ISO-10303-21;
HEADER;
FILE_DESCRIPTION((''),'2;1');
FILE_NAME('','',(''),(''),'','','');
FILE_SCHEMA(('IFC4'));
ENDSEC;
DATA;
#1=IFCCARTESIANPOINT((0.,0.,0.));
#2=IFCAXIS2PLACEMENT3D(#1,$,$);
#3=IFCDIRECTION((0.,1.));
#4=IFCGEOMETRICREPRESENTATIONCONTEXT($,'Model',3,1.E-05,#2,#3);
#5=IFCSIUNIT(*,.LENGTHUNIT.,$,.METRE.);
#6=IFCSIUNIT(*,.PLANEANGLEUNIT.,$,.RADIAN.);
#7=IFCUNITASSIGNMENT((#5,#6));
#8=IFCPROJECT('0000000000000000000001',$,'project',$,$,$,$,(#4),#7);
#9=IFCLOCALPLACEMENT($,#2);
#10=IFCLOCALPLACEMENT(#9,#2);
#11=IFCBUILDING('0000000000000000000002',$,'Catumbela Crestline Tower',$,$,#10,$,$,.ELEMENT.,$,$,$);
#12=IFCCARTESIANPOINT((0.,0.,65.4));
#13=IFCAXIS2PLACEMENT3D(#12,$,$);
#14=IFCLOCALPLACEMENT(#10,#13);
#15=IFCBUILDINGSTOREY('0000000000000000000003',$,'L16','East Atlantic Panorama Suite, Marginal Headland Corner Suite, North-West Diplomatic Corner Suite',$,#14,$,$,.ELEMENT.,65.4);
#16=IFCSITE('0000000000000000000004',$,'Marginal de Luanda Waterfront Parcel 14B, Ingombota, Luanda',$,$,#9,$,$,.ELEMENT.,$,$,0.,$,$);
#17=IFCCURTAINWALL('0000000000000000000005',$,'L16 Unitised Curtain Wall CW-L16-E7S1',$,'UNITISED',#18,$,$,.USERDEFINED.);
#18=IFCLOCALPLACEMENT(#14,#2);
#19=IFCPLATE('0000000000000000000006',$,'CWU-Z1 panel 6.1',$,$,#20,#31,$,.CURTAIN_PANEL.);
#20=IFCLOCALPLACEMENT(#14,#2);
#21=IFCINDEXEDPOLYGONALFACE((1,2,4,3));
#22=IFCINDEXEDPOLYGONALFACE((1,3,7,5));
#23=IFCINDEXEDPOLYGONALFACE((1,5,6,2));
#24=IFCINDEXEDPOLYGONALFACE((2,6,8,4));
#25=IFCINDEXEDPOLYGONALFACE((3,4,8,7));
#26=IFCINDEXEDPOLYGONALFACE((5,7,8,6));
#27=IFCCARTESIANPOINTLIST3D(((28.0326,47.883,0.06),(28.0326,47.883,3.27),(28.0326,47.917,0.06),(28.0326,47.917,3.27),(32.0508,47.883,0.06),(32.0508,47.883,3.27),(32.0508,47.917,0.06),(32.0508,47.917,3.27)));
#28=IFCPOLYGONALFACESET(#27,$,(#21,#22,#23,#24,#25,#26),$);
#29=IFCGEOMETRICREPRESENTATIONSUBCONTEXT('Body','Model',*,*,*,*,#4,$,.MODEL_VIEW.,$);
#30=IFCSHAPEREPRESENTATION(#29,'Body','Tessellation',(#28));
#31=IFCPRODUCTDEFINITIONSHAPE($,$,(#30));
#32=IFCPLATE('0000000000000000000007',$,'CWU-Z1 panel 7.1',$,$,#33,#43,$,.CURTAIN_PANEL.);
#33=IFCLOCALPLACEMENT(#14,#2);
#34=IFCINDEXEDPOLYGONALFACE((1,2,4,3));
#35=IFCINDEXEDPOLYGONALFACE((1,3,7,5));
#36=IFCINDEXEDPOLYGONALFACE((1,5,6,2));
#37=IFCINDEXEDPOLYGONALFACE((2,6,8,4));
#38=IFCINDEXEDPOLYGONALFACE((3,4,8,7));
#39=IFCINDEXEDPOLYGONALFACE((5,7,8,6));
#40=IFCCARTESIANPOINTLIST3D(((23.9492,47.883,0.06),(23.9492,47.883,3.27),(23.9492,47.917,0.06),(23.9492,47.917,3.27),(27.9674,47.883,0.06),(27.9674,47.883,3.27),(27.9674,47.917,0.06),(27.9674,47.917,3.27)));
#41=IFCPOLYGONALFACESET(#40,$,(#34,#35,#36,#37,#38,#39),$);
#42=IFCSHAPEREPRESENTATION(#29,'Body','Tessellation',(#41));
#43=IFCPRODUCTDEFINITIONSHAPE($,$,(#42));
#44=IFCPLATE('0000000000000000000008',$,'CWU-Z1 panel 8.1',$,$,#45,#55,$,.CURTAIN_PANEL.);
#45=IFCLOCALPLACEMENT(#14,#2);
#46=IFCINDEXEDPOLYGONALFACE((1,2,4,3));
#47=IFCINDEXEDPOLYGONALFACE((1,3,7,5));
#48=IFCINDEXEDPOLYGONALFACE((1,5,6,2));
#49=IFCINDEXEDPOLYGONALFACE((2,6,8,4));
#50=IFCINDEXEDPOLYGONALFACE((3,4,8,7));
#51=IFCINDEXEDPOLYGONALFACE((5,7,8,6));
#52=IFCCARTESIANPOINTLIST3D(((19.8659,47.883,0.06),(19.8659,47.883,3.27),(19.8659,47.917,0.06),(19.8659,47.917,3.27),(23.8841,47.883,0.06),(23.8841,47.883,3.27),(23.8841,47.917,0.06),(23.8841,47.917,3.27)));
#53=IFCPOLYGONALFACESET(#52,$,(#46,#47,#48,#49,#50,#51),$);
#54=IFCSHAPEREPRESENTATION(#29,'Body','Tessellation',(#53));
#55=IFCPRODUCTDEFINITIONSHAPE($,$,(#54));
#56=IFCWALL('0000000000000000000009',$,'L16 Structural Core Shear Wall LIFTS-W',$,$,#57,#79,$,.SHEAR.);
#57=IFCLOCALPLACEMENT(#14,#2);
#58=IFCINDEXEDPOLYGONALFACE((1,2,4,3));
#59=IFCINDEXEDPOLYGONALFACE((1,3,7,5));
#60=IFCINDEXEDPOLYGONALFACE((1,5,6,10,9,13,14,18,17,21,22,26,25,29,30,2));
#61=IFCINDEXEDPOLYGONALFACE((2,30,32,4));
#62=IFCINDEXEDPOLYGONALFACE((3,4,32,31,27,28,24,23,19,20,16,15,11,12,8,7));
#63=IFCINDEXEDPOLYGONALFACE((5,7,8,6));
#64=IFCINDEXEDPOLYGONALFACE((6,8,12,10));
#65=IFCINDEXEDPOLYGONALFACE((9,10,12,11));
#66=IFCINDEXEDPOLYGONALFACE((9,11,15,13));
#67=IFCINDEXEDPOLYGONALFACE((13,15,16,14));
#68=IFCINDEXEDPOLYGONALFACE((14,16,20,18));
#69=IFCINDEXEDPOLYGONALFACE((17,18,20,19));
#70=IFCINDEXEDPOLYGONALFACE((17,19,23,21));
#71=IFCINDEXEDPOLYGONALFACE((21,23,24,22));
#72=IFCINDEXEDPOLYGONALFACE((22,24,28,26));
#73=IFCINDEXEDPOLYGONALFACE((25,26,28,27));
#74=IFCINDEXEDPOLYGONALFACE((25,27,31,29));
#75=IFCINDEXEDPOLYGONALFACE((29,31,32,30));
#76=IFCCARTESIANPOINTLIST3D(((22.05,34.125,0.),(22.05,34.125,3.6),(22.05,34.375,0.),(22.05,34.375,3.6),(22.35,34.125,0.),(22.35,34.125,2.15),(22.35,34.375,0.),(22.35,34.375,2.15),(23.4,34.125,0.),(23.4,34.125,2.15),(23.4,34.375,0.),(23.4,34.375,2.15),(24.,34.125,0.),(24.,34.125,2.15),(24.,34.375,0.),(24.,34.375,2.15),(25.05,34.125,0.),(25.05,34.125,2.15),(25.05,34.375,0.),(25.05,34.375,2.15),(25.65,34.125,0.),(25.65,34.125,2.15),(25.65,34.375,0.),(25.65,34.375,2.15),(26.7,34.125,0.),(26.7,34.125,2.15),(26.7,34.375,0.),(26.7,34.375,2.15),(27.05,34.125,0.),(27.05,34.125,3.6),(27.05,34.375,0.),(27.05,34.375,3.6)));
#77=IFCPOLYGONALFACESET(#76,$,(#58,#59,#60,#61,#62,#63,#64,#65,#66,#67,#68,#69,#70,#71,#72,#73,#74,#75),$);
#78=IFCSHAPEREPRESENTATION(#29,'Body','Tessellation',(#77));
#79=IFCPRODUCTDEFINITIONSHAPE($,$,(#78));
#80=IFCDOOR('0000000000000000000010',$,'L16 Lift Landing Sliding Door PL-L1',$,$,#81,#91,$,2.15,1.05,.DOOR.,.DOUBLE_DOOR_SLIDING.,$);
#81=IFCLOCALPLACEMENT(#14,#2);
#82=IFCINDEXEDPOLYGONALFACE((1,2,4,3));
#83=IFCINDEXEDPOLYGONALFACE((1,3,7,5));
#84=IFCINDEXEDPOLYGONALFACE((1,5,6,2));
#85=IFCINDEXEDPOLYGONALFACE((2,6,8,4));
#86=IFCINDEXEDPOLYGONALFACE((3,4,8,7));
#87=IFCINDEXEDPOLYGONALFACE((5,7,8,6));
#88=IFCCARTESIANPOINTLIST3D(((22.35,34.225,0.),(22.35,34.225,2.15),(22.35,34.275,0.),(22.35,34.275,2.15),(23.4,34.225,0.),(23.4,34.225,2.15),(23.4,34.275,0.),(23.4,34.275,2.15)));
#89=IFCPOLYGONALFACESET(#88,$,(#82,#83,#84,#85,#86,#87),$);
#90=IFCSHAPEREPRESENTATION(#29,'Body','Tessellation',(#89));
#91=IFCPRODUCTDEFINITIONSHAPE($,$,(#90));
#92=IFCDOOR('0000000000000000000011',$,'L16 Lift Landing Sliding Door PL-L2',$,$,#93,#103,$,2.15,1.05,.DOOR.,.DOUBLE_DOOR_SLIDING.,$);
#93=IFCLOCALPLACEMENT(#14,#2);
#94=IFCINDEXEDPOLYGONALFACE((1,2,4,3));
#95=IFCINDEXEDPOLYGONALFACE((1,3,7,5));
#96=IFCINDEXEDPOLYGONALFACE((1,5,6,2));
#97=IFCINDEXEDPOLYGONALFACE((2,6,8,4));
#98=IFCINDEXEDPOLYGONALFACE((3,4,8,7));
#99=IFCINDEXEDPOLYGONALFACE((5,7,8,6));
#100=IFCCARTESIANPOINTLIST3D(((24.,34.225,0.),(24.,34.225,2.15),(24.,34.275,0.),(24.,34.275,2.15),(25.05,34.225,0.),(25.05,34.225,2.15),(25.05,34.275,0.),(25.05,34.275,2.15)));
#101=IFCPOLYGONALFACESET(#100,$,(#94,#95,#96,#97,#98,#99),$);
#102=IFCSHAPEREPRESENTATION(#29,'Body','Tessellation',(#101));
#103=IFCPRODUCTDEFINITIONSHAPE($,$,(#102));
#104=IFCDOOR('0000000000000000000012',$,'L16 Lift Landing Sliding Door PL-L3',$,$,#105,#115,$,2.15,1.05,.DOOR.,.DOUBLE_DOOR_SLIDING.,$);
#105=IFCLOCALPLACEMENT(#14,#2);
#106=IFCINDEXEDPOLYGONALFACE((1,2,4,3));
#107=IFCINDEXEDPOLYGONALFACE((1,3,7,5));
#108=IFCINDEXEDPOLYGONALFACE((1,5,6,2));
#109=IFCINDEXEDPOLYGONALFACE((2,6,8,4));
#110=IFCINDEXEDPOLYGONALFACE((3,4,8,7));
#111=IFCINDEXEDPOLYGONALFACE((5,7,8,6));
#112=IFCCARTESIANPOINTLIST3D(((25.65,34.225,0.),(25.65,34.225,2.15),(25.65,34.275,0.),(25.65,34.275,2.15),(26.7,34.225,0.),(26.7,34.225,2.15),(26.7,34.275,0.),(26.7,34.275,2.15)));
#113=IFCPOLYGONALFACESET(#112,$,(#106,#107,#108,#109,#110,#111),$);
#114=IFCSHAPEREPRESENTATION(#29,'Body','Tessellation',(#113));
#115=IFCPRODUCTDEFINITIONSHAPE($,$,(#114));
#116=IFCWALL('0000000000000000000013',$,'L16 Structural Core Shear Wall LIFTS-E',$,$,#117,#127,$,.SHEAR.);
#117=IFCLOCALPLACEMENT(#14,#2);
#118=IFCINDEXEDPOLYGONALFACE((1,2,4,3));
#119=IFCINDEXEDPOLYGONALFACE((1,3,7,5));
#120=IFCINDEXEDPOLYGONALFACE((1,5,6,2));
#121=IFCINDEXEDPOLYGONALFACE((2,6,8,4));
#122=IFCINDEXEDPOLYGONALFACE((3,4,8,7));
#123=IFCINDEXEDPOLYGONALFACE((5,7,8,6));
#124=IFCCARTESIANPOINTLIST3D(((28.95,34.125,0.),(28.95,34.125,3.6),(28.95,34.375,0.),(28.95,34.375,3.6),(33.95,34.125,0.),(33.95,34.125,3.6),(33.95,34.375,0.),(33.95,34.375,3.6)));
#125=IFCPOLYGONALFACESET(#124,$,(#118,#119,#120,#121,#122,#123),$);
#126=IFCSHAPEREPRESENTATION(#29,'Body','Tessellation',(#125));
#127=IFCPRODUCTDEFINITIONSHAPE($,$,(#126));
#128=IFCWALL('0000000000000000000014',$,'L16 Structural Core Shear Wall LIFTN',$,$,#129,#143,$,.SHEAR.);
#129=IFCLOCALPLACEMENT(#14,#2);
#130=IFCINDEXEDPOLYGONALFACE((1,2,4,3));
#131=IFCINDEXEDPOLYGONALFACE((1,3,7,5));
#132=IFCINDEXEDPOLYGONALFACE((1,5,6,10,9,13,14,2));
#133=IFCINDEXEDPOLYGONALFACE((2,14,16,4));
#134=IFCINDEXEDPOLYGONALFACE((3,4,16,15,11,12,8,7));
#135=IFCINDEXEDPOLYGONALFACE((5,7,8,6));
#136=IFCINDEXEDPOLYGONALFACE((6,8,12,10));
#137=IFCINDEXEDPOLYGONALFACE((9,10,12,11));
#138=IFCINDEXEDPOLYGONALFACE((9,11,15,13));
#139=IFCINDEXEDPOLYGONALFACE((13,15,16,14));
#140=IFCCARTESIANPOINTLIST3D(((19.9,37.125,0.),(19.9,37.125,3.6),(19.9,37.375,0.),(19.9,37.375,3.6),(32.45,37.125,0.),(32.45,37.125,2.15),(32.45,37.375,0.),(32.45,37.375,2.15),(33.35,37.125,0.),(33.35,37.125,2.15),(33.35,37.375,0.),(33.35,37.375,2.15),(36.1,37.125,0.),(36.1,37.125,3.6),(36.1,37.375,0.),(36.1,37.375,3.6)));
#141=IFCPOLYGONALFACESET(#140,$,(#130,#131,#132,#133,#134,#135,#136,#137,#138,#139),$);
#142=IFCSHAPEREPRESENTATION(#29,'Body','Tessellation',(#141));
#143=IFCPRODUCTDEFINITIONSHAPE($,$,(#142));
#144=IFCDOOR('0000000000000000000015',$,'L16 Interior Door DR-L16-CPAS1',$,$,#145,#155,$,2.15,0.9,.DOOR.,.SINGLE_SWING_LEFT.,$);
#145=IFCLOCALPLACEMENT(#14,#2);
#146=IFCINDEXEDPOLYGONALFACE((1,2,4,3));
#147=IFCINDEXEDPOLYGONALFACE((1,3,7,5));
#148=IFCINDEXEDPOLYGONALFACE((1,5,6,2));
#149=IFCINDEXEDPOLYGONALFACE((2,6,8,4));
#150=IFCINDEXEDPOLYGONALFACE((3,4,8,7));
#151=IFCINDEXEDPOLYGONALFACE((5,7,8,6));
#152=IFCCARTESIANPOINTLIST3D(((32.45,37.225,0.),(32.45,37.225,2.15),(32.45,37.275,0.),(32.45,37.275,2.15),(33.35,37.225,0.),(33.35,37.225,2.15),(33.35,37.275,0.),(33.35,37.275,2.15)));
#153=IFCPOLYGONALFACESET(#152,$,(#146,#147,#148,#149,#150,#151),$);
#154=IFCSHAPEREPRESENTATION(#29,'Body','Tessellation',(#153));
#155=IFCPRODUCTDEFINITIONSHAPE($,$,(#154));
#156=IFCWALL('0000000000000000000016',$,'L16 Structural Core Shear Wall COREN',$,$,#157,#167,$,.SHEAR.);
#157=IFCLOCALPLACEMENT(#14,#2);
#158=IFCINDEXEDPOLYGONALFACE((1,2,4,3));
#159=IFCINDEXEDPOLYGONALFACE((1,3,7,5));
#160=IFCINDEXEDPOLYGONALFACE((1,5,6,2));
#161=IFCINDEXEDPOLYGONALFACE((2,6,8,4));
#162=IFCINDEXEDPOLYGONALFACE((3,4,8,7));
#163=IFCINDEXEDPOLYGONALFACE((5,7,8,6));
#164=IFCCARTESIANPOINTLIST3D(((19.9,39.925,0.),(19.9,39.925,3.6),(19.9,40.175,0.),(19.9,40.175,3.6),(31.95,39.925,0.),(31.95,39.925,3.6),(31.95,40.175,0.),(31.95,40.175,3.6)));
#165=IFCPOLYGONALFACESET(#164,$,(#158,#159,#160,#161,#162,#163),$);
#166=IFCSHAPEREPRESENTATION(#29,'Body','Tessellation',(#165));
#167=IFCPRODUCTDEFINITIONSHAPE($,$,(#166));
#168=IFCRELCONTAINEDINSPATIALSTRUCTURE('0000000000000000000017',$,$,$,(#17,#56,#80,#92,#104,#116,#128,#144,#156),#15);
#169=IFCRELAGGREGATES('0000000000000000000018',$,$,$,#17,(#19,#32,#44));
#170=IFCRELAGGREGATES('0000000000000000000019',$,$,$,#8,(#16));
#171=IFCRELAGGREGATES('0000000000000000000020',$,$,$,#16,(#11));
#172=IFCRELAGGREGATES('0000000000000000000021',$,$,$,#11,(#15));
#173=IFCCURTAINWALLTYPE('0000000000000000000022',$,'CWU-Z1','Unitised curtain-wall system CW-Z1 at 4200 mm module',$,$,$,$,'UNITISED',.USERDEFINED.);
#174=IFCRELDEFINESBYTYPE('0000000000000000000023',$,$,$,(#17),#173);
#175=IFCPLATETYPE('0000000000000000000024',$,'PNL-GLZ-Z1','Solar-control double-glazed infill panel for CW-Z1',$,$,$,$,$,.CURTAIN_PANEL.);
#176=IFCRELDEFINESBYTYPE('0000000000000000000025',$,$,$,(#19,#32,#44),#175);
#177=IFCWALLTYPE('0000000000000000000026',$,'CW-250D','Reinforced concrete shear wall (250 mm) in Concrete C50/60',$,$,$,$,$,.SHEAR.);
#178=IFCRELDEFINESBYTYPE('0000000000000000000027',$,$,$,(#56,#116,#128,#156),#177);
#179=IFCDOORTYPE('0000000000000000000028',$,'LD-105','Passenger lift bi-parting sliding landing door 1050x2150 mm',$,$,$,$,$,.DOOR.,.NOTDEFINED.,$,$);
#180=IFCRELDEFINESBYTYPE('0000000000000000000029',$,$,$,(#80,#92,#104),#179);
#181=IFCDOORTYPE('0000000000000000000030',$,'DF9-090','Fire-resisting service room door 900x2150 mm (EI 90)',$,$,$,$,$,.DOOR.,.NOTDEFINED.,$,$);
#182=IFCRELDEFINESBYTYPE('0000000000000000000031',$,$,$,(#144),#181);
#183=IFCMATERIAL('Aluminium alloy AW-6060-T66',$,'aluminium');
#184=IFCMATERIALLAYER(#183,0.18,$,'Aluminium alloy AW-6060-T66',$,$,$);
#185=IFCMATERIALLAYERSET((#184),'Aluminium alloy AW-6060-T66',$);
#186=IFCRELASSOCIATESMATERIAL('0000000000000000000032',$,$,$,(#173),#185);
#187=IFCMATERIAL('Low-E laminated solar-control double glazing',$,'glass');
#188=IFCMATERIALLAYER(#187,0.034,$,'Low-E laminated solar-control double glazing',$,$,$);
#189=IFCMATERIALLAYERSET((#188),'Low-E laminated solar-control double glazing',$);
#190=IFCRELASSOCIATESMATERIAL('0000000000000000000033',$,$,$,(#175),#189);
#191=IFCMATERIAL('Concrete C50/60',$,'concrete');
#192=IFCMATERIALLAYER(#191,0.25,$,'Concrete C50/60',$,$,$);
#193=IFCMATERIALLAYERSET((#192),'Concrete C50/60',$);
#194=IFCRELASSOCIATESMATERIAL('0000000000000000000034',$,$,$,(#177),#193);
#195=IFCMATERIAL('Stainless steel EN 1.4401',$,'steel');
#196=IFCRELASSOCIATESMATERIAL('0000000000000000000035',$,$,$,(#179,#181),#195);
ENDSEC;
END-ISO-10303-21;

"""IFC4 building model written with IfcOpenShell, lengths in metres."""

from ifc_helpers import new_model, si_unit, direction, frame, frame_2d, origin, origin_2d, place, context, subcontext, project, spatial, rectangle, extrude, material, layer, layer_set, type_object, element, fill, aggregate, save


model = new_model("IFC4")

# Units and contexts
model_context = context("Model", 3, precision=1e-05, world=origin(), true_north=direction((0.0, 1.0)))
body_context = subcontext(model_context, "Body", "Model", "MODEL_VIEW")
ifc_project = project(units=[si_unit("LENGTHUNIT", "METRE"), si_unit("PLANEANGLEUNIT", "RADIAN")], contexts=[model_context])

# Site, building, storey
site_placement = place(None, origin())
site = spatial("IfcSite", under=ifc_project, at=site_placement, Name="Marginal de Luanda Waterfront Parcel 14B, Ingombota, Luanda", CompositionType="ELEMENT", RefElevation=0.0)
building_placement = place(site_placement, origin())
building = spatial("IfcBuilding", under=site, at=building_placement, Name="Catumbela Crestline Tower", CompositionType="ELEMENT")
storey_placement = place(building_placement, frame((0.0, 0.0, 65.4)))
storey = spatial("IfcBuildingStorey", under=building, at=storey_placement, Name="L16", Description="East Atlantic Panorama Suite, Marginal Headland Corner Suite, North-West Diplomatic Corner Suite", CompositionType="ELEMENT", Elevation=65.4)

# Curtain wall, plates
ifc_material_1 = material(Name="Aluminium alloy AW-6060-T66", Category="aluminium")
ifc_layer_1 = layer(ifc_material_1, 0.18, Name="Aluminium alloy AW-6060-T66")
ifc_layer_set_1 = layer_set([ifc_layer_1], Name="Aluminium alloy AW-6060-T66")
curtain_wall_type = type_object("IfcCurtainWallType", Name="CWU-Z1", Description="Unitised curtain-wall system CW-Z1 at 4200 mm module", ElementType="UNITISED", PredefinedType="USERDEFINED", material=ifc_layer_set_1)
curtain_wall_placement = place(storey_placement, origin())
curtain_wall = element("IfcCurtainWall", 1, at=curtain_wall_placement, inside=storey, type_object=curtain_wall_type, Name="L16 Unitised Curtain Wall CW-L16-E7S1", ObjectType="UNITISED", PredefinedType="USERDEFINED")
ifc_material_2 = material(Name="Low-E laminated solar-control double glazing", Category="glass")
ifc_layer_2 = layer(ifc_material_2, 0.034, Name="Low-E laminated solar-control double glazing")
ifc_layer_set_2 = layer_set([ifc_layer_2], Name="Low-E laminated solar-control double glazing")
plate_type = type_object("IfcPlateType", Name="PNL-GLZ-Z1", Description="Solar-control double-glazed infill panel for CW-Z1", PredefinedType="CURTAIN_PANEL", material=ifc_layer_set_2)
plate_1_placement = place(storey_placement, frame((30.0417, 47.9, 0.06), z_axis=(0.0, 0.0, 1.0), x_axis=(-1.0, 0.0, 0.0)))
plate_1 = element("IfcPlate", 2, at=plate_1_placement, type_object=plate_type, Name="CWU-Z1 panel 6.1", PredefinedType="CURTAIN_PANEL", context=body_context, shape_type="SweptSolid", body=[
    extrude(rectangle(XDim=4.0183, YDim=0.034, at=origin_2d()), origin(), (0.0, 0.0, 1.0), 3.21),
])
plate_2_placement = place(storey_placement, frame((25.9583, 47.9, 0.06), z_axis=(0.0, 0.0, 1.0), x_axis=(-1.0, 0.0, 0.0)))
plate_2 = element("IfcPlate", 3, at=plate_2_placement, type_object=plate_type, Name="CWU-Z1 panel 7.1", PredefinedType="CURTAIN_PANEL", context=body_context, shape_type="SweptSolid", body=[
    extrude(rectangle(XDim=4.0183, YDim=0.034, at=origin_2d()), origin(), (0.0, 0.0, 1.0), 3.21),
])
plate_3_placement = place(storey_placement, frame((21.875, 47.9, 0.06), z_axis=(0.0, 0.0, 1.0), x_axis=(-1.0, 0.0, 0.0)))
plate_3 = element("IfcPlate", 4, at=plate_3_placement, type_object=plate_type, Name="CWU-Z1 panel 8.1", PredefinedType="CURTAIN_PANEL", context=body_context, shape_type="SweptSolid", body=[
    extrude(rectangle(XDim=4.0183, YDim=0.034, at=origin_2d()), origin(), (0.0, 0.0, 1.0), 3.21),
])
aggregate(curtain_wall, [plate_1, plate_2, plate_3])

# Wall, openings, doors
ifc_material_3 = material(Name="Concrete C50/60", Category="concrete")
ifc_layer_3 = layer(ifc_material_3, 0.25, Name="Concrete C50/60")
ifc_layer_set_3 = layer_set([ifc_layer_3], Name="Concrete C50/60")
wall_type_1 = type_object("IfcWallType", Name="CW-250D", Description="Reinforced concrete shear wall (250 mm) in Concrete C50/60", PredefinedType="SHEAR", material=ifc_layer_set_3)
wall_1_placement = place(storey_placement, frame((22.05, 34.25, 0.0), z_axis=(0.0, 0.0, 1.0), x_axis=(1.0, 0.0, 0.0)))
wall_1 = element("IfcWall", 5, at=wall_1_placement, inside=storey, type_object=wall_type_1, Name="L16 Structural Core Shear Wall LIFTS-W", PredefinedType="SHEAR", context=body_context, shape_type="SweptSolid", body=[
    extrude(rectangle(XDim=5.0, YDim=0.25, at=frame_2d((2.5, 0.0))), origin(), (0.0, 0.0, 1.0), 3.6),
])
opening_1_placement = place(wall_1_placement, frame((0.3, 0.0, 0.0)))
opening_1 = element("IfcOpeningElement", 6, at=opening_1_placement, cuts=wall_1, PredefinedType="OPENING", context=body_context, shape_type="SweptSolid", body=[
    extrude(rectangle(XDim=1.05, YDim=2.15, at=frame_2d((0.525, 1.075))), frame((0.0, 0.135, 0.0), z_axis=(0.0, -1.0, 0.0), x_axis=(1.0, 0.0, 0.0)), (0.0, 0.0, 1.0), 0.27),
])
opening_2_placement = place(wall_1_placement, frame((1.95, 0.0, 0.0)))
opening_2 = element("IfcOpeningElement", 7, at=opening_2_placement, cuts=wall_1, PredefinedType="OPENING", context=body_context, shape_type="SweptSolid", body=[
    extrude(rectangle(XDim=1.05, YDim=2.15, at=frame_2d((0.525, 1.075))), frame((0.0, 0.135, 0.0), z_axis=(0.0, -1.0, 0.0), x_axis=(1.0, 0.0, 0.0)), (0.0, 0.0, 1.0), 0.27),
])
opening_3_placement = place(wall_1_placement, frame((3.6, 0.0, 0.0)))
opening_3 = element("IfcOpeningElement", 8, at=opening_3_placement, cuts=wall_1, PredefinedType="OPENING", context=body_context, shape_type="SweptSolid", body=[
    extrude(rectangle(XDim=1.05, YDim=2.15, at=frame_2d((0.525, 1.075))), frame((0.0, 0.135, 0.0), z_axis=(0.0, -1.0, 0.0), x_axis=(1.0, 0.0, 0.0)), (0.0, 0.0, 1.0), 0.27),
])
ifc_material_4 = material(Name="Stainless steel EN 1.4401", Category="steel")
door_type_1 = type_object("IfcDoorType", Name="LD-105", Description="Passenger lift bi-parting sliding landing door 1050x2150 mm", OperationType="NOTDEFINED", PredefinedType="DOOR", material=ifc_material_4)
door_1_placement = place(opening_1_placement, origin())
door_1 = element("IfcDoor", 9, at=door_1_placement, inside=storey, type_object=door_type_1, Name="L16 Lift Landing Sliding Door PL-L1", OperationType="DOUBLE_DOOR_SLIDING", OverallHeight=2.15, OverallWidth=1.05, PredefinedType="DOOR", context=body_context, shape_type="SweptSolid", body=[
    extrude(rectangle(XDim=1.05, YDim=2.15, at=frame_2d((0.525, 1.075))), frame((0.0, 0.025, 0.0), z_axis=(0.0, -1.0, 0.0), x_axis=(1.0, 0.0, 0.0)), (0.0, 0.0, 1.0), 0.05),
])
fill(opening_1, door_1)
door_2_placement = place(opening_2_placement, origin())
door_2 = element("IfcDoor", 10, at=door_2_placement, inside=storey, type_object=door_type_1, Name="L16 Lift Landing Sliding Door PL-L2", OperationType="DOUBLE_DOOR_SLIDING", OverallHeight=2.15, OverallWidth=1.05, PredefinedType="DOOR", context=body_context, shape_type="SweptSolid", body=[
    extrude(rectangle(XDim=1.05, YDim=2.15, at=frame_2d((0.525, 1.075))), frame((0.0, 0.025, 0.0), z_axis=(0.0, -1.0, 0.0), x_axis=(1.0, 0.0, 0.0)), (0.0, 0.0, 1.0), 0.05),
])
fill(opening_2, door_2)
door_3_placement = place(opening_3_placement, origin())
door_3 = element("IfcDoor", 11, at=door_3_placement, inside=storey, type_object=door_type_1, Name="L16 Lift Landing Sliding Door PL-L3", OperationType="DOUBLE_DOOR_SLIDING", OverallHeight=2.15, OverallWidth=1.05, PredefinedType="DOOR", context=body_context, shape_type="SweptSolid", body=[
    extrude(rectangle(XDim=1.05, YDim=2.15, at=frame_2d((0.525, 1.075))), frame((0.0, 0.025, 0.0), z_axis=(0.0, -1.0, 0.0), x_axis=(1.0, 0.0, 0.0)), (0.0, 0.0, 1.0), 0.05),
])
fill(opening_3, door_3)

# Wall
wall_2_placement = place(storey_placement, frame((28.95, 34.25, 0.0), z_axis=(0.0, 0.0, 1.0), x_axis=(1.0, 0.0, 0.0)))
element("IfcWall", 12, at=wall_2_placement, inside=storey, type_object=wall_type_1, Name="L16 Structural Core Shear Wall LIFTS-E", PredefinedType="SHEAR", context=body_context, shape_type="SweptSolid", body=[
    extrude(rectangle(XDim=5.0, YDim=0.25, at=frame_2d((2.5, 0.0))), origin(), (0.0, 0.0, 1.0), 3.6),
])

# Wall, opening, door
wall_3_placement = place(storey_placement, frame((19.9, 37.25, 0.0), z_axis=(0.0, 0.0, 1.0), x_axis=(1.0, 0.0, 0.0)))
wall_3 = element("IfcWall", 13, at=wall_3_placement, inside=storey, type_object=wall_type_1, Name="L16 Structural Core Shear Wall LIFTN", PredefinedType="SHEAR", context=body_context, shape_type="SweptSolid", body=[
    extrude(rectangle(XDim=16.2, YDim=0.25, at=frame_2d((8.1, 0.0))), origin(), (0.0, 0.0, 1.0), 3.6),
])
opening_4_placement = place(wall_3_placement, frame((12.55, 0.0, 0.0)))
opening_4 = element("IfcOpeningElement", 14, at=opening_4_placement, cuts=wall_3, PredefinedType="OPENING", context=body_context, shape_type="SweptSolid", body=[
    extrude(rectangle(XDim=0.9, YDim=2.15, at=frame_2d((0.45, 1.075))), frame((0.0, 0.135, 0.0), z_axis=(0.0, -1.0, 0.0), x_axis=(1.0, 0.0, 0.0)), (0.0, 0.0, 1.0), 0.27),
])
door_type_2 = type_object("IfcDoorType", Name="DF9-090", Description="Fire-resisting service room door 900x2150 mm (EI 90)", OperationType="NOTDEFINED", PredefinedType="DOOR", material=ifc_material_4)
door_4_placement = place(opening_4_placement, origin())
door_4 = element("IfcDoor", 15, at=door_4_placement, inside=storey, type_object=door_type_2, Name="L16 Interior Door DR-L16-CPAS1", OperationType="SINGLE_SWING_LEFT", OverallHeight=2.15, OverallWidth=0.9, PredefinedType="DOOR", context=body_context, shape_type="SweptSolid", body=[
    extrude(rectangle(XDim=0.9, YDim=2.15, at=frame_2d((0.45, 1.075))), frame((0.0, 0.025, 0.0), z_axis=(0.0, -1.0, 0.0), x_axis=(1.0, 0.0, 0.0)), (0.0, 0.0, 1.0), 0.05),
])
fill(opening_4, door_4)

# Wall
wall_4_placement = place(storey_placement, frame((19.9, 40.05, 0.0), z_axis=(0.0, 0.0, 1.0), x_axis=(1.0, 0.0, 0.0)))
element("IfcWall", 16, at=wall_4_placement, inside=storey, type_object=wall_type_1, Name="L16 Structural Core Shear Wall COREN", PredefinedType="SHEAR", context=body_context, shape_type="SweptSolid", body=[
    extrude(rectangle(XDim=12.05, YDim=0.25, at=frame_2d((6.025, 0.0))), origin(), (0.0, 0.0, 1.0), 3.6),
])

save(model, "model.ifc")
